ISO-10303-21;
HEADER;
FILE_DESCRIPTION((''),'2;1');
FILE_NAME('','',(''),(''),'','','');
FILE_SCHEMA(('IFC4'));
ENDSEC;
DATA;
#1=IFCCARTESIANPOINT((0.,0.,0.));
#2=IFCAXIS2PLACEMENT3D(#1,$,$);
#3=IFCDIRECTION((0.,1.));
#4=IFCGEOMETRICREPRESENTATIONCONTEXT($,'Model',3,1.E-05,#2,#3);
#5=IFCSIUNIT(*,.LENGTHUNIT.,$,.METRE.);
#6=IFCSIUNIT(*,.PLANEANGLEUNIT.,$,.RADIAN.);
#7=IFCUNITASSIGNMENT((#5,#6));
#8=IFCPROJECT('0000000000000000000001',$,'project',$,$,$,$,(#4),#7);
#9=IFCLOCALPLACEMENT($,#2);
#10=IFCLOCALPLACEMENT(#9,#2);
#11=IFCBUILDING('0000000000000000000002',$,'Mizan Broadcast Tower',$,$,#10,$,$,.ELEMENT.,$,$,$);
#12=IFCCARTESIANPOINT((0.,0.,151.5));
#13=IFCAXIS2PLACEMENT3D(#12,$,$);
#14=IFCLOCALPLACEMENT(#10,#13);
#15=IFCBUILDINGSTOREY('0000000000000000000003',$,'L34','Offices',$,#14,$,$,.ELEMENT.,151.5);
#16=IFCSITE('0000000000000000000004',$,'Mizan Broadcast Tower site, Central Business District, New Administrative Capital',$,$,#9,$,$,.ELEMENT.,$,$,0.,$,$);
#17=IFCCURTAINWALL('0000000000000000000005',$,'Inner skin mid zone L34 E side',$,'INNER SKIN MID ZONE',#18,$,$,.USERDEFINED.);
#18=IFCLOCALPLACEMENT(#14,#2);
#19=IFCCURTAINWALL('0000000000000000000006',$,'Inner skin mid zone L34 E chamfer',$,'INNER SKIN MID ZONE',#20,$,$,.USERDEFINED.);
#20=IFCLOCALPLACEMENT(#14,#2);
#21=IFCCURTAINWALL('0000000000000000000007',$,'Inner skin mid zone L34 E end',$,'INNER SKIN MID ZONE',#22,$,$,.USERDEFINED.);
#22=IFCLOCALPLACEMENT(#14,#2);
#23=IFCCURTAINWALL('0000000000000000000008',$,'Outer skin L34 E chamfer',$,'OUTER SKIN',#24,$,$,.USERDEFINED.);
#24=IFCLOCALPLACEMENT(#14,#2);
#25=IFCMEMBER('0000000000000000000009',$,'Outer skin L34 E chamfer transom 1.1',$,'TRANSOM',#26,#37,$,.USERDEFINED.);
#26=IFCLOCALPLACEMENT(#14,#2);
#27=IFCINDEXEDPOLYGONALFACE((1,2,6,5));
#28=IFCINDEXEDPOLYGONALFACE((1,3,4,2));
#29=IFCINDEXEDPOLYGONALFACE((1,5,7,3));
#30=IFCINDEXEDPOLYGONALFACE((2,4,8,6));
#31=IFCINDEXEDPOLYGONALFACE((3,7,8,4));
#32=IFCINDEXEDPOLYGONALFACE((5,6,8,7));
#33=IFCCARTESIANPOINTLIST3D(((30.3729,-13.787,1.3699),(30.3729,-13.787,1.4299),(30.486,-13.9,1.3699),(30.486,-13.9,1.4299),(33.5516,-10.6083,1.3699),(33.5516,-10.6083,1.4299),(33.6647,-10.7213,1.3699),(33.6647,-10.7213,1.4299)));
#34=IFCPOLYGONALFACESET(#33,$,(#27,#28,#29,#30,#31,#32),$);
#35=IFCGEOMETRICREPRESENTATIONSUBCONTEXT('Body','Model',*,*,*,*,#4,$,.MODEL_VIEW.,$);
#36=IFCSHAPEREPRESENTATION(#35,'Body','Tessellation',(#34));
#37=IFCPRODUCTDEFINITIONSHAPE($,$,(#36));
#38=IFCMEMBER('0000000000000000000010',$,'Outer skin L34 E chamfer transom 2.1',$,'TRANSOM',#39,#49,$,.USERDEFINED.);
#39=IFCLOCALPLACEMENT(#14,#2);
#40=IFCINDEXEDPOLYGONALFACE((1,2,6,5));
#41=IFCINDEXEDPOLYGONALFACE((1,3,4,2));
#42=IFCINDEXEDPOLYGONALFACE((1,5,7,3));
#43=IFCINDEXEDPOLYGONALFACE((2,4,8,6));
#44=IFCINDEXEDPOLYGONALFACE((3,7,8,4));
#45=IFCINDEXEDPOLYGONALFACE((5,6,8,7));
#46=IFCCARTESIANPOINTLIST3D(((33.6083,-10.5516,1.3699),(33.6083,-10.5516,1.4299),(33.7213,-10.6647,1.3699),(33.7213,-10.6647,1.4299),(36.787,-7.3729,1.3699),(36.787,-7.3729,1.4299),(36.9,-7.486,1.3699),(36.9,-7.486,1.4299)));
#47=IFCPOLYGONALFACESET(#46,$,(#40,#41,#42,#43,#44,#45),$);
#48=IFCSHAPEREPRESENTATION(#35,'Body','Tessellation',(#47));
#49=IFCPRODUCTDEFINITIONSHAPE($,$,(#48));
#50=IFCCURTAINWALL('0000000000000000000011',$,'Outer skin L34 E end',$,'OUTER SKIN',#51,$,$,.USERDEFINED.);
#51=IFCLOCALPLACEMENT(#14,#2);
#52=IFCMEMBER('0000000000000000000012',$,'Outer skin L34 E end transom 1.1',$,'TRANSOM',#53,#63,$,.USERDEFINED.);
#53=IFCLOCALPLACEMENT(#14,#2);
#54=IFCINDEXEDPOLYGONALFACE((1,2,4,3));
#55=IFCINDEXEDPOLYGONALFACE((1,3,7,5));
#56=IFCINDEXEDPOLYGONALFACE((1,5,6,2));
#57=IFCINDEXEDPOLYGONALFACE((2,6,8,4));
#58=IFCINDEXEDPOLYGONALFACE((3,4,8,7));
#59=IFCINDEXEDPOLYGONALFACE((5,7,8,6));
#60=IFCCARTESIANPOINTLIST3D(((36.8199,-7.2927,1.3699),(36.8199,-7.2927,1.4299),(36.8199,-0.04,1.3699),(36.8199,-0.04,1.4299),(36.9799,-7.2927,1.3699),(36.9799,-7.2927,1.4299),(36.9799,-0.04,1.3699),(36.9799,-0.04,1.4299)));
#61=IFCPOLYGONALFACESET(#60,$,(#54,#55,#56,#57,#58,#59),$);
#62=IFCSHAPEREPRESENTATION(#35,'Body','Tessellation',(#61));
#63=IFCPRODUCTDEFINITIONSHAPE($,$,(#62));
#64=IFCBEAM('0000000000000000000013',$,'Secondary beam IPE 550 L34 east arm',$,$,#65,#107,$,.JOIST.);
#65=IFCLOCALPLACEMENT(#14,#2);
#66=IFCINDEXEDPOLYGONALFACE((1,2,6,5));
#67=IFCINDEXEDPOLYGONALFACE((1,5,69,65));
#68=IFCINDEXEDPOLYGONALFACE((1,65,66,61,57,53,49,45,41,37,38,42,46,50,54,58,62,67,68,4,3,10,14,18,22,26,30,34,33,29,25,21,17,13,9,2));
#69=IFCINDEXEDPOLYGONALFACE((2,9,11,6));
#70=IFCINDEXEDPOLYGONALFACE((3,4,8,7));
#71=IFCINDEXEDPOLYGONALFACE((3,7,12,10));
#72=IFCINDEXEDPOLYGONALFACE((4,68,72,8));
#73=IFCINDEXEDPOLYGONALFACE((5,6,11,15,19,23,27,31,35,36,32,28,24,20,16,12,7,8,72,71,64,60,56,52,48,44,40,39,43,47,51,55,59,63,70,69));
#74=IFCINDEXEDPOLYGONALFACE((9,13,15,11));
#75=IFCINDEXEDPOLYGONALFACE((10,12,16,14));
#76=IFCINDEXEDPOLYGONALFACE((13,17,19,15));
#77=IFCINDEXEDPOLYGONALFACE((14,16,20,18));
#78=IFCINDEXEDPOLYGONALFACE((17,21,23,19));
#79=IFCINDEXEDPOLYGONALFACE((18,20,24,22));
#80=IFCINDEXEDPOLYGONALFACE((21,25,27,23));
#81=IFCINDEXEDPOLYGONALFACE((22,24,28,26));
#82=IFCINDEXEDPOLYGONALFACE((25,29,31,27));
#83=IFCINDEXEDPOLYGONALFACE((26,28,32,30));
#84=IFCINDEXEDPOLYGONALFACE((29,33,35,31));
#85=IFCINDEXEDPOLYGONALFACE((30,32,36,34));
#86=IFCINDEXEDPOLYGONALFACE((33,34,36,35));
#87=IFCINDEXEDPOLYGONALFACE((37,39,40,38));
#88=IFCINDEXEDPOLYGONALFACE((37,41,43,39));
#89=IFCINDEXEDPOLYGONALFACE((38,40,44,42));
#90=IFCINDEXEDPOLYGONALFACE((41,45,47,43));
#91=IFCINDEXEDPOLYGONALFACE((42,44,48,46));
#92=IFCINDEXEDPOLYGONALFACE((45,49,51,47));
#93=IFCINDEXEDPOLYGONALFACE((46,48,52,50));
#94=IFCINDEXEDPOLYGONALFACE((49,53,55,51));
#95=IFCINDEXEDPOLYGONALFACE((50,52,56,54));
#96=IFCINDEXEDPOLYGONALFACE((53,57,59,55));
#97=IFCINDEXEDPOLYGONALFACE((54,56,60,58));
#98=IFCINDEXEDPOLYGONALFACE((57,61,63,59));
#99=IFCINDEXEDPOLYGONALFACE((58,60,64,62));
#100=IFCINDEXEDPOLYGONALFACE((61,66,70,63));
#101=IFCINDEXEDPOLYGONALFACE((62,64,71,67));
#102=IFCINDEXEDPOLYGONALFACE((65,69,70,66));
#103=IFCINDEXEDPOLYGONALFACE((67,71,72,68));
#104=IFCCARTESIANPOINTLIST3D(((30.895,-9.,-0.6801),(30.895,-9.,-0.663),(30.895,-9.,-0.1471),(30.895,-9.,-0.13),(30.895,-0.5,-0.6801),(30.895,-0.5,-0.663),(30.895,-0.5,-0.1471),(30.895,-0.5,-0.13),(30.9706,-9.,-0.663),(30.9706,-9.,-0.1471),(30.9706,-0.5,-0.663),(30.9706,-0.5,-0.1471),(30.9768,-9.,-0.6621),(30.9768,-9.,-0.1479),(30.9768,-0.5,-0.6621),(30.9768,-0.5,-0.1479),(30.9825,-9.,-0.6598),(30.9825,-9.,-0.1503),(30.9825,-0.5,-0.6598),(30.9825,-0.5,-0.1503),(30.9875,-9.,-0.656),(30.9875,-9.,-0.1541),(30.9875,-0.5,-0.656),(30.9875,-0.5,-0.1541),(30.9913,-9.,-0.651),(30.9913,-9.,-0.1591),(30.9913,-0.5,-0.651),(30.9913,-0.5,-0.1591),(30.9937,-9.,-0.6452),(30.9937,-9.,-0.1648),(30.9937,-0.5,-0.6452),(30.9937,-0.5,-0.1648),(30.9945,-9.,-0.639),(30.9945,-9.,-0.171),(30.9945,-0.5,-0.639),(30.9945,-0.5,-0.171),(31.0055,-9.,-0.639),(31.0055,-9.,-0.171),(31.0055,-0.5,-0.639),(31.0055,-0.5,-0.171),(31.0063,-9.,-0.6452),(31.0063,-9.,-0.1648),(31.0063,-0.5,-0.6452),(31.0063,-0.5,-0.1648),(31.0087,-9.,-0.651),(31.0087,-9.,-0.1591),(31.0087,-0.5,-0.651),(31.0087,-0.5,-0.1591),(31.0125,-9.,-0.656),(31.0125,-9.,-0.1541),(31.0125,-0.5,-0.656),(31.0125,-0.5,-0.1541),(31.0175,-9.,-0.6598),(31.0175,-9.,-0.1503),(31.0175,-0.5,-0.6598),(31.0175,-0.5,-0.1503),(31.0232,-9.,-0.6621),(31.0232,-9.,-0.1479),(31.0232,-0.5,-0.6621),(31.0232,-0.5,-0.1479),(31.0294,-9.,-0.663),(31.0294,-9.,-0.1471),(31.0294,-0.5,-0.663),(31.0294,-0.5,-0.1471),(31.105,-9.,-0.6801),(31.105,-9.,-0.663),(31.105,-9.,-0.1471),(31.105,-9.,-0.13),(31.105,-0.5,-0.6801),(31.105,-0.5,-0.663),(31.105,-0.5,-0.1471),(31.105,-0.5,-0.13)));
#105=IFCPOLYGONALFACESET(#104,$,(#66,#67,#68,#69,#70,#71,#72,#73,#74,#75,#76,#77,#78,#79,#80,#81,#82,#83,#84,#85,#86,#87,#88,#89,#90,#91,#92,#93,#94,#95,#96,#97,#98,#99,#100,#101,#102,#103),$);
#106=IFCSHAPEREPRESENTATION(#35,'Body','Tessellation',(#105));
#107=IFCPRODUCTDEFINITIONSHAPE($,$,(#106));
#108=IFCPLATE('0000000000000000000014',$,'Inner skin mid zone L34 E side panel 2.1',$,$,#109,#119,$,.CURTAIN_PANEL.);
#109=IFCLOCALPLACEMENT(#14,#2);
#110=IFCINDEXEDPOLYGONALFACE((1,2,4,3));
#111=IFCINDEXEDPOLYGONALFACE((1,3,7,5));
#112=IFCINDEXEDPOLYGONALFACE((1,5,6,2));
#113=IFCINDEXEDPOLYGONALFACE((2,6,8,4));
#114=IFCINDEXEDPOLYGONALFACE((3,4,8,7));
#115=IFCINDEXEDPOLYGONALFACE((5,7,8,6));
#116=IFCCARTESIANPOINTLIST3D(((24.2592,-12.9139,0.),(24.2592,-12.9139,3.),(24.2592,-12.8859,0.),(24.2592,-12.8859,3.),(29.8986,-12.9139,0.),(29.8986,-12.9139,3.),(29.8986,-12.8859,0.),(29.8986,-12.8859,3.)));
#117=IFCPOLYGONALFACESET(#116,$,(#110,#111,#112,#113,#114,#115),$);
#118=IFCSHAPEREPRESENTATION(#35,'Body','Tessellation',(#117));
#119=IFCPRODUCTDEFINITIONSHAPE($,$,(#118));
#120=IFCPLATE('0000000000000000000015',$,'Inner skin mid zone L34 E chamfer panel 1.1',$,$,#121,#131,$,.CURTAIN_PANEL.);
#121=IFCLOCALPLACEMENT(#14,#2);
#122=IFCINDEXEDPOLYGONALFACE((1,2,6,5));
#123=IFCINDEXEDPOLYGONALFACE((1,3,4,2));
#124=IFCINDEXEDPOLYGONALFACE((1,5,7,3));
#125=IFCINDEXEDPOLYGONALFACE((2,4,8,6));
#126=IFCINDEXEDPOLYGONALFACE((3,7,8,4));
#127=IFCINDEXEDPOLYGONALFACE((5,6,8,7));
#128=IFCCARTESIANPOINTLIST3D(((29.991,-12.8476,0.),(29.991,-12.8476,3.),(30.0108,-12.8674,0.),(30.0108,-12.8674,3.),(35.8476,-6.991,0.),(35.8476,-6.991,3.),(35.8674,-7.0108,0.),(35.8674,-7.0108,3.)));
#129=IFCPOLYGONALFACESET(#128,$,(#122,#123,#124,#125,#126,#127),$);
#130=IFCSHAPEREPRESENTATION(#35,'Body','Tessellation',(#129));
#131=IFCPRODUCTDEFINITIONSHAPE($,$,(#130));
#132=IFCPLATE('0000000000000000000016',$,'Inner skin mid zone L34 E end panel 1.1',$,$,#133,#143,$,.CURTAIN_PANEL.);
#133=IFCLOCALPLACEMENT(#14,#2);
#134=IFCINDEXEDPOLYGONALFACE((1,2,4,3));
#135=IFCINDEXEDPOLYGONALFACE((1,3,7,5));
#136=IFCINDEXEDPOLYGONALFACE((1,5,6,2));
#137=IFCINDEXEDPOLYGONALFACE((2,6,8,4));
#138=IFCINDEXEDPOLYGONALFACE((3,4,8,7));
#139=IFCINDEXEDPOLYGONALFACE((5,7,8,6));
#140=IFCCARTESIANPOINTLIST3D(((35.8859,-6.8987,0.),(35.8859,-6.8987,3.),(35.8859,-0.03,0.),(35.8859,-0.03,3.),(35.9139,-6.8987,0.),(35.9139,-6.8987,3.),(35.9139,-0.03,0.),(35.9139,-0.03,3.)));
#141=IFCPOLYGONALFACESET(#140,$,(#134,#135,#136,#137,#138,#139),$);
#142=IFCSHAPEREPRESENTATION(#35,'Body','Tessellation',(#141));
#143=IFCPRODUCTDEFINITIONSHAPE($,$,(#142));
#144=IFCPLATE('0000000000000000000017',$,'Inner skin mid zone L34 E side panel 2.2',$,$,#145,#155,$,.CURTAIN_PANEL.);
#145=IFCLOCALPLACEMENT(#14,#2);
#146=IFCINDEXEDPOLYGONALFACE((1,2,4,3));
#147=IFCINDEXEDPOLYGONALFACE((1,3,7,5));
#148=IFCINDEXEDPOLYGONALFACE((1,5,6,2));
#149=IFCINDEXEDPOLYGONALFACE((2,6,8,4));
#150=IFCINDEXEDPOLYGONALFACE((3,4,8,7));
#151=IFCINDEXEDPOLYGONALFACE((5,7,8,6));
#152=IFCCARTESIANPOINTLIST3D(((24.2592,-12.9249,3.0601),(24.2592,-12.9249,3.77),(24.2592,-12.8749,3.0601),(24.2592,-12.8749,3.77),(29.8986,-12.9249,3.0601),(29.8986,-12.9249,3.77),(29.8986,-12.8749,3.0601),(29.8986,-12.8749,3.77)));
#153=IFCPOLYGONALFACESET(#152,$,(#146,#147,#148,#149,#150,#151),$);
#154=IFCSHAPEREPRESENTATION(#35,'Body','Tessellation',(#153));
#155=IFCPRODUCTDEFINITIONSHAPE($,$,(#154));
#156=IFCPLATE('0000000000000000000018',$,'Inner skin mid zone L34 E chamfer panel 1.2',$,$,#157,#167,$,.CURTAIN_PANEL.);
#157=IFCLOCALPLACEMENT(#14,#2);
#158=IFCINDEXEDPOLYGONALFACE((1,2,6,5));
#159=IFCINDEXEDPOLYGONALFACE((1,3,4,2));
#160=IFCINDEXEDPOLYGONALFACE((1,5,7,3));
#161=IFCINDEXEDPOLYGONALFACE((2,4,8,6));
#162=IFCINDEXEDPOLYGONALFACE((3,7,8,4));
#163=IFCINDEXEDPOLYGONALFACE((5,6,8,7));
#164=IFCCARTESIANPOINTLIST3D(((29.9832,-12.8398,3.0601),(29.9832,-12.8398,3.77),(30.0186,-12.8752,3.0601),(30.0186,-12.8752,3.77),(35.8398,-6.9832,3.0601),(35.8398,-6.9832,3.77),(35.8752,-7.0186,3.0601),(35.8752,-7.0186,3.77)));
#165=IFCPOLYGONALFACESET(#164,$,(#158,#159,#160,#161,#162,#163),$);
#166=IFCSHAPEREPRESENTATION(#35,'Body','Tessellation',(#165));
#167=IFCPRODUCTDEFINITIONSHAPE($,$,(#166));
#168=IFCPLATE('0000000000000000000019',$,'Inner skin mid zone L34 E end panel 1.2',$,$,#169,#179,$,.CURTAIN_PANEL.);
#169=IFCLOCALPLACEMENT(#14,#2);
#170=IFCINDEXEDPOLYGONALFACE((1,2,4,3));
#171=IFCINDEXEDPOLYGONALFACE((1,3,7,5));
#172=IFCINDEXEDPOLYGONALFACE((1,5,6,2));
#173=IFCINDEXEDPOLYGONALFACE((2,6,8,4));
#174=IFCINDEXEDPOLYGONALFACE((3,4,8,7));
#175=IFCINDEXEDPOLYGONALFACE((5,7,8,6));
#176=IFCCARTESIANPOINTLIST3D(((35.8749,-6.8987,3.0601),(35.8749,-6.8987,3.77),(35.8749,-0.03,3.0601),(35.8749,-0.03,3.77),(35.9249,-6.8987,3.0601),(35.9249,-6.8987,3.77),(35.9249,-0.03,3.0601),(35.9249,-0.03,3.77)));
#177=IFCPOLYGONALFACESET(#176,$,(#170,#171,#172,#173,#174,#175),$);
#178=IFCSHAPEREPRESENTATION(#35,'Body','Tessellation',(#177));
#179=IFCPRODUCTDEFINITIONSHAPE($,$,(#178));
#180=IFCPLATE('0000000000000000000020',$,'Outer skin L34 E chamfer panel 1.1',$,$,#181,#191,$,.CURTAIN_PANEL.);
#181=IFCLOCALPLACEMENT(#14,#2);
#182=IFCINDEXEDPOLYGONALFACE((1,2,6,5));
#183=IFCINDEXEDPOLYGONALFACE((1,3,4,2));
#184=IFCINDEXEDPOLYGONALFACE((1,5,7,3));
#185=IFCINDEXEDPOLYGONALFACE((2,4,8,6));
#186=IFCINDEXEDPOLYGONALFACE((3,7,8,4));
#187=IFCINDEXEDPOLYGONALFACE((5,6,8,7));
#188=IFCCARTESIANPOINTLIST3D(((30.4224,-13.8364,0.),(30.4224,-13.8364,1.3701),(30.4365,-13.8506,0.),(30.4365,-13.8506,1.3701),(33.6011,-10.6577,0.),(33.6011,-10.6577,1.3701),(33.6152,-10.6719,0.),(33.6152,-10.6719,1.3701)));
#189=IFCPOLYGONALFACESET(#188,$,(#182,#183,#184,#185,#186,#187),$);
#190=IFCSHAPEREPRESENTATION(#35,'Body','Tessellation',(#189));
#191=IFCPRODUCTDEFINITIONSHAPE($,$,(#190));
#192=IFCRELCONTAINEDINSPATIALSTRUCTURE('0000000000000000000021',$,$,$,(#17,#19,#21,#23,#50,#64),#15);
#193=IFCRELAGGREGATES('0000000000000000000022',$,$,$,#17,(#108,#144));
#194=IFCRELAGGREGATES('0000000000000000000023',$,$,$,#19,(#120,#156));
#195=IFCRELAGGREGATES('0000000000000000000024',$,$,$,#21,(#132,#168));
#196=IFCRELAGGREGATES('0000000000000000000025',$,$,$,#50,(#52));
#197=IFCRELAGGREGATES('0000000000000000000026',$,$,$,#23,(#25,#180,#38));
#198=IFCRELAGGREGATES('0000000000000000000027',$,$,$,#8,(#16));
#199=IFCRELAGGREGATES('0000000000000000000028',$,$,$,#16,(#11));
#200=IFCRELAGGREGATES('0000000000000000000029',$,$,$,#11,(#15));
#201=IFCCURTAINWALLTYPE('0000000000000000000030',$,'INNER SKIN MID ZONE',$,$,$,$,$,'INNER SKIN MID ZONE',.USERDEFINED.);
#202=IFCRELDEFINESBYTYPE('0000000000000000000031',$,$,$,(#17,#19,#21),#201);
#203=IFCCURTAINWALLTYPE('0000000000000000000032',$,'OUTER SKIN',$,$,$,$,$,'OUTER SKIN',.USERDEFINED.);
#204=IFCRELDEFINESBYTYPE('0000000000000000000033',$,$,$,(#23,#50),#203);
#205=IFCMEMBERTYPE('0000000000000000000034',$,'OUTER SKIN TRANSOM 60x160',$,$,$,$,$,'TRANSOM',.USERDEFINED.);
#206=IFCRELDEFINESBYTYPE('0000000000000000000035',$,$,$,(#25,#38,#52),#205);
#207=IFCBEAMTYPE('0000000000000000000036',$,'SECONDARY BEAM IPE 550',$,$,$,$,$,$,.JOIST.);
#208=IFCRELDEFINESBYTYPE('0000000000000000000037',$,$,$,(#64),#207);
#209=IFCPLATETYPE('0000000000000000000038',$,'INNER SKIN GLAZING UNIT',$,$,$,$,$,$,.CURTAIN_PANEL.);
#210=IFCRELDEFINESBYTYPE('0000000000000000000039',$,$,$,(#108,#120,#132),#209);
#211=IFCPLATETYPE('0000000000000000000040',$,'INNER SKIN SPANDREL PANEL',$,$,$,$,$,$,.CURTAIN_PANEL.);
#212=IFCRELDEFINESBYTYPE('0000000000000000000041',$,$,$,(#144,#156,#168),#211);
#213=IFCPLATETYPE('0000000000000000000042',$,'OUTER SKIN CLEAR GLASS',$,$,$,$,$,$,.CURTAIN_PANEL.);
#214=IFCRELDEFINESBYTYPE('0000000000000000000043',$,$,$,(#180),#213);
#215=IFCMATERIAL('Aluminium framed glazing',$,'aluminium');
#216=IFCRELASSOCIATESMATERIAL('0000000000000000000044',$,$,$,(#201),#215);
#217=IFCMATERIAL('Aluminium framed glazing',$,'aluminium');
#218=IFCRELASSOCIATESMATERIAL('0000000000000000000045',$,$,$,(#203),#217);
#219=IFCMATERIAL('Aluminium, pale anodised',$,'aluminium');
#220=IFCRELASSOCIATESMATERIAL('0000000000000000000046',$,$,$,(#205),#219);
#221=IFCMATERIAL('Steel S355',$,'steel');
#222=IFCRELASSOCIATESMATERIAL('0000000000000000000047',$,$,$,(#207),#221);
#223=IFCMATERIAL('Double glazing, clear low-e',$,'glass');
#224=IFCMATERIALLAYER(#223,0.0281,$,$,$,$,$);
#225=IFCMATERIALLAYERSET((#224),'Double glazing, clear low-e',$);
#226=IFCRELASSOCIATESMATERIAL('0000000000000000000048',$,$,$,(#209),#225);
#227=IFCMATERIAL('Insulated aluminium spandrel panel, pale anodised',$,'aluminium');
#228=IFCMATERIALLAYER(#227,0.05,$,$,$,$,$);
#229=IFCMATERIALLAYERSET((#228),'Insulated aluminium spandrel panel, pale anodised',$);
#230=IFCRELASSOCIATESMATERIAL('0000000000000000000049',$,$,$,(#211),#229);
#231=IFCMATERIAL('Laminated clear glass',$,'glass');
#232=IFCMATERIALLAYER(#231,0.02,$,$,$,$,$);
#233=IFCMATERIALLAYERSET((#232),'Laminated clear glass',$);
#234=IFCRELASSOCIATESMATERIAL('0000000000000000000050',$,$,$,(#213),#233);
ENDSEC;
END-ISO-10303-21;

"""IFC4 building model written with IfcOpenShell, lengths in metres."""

from ifc_helpers import new_model, si_unit, direction, frame, origin, origin_2d, place, context, subcontext, project, spatial, rectangle, i_section, extrude, material, layer, layer_set, material_profile, profile_set, type_object, element, aggregate, save


model = new_model("IFC4")

# Units and contexts
model_context = context("Model", 3, precision=1e-05, world=origin(), true_north=direction((0.0, 1.0)))
body_context = subcontext(model_context, "Body", "Model", "MODEL_VIEW")
ifc_project = project(units=[si_unit("LENGTHUNIT", "METRE"), si_unit("PLANEANGLEUNIT", "RADIAN")], contexts=[model_context])

# Site, building, storey
site_placement = place(None, origin())
site = spatial("IfcSite", under=ifc_project, at=site_placement, Name="Mizan Broadcast Tower site, Central Business District, New Administrative Capital", CompositionType="ELEMENT", RefElevation=0.0)
building_placement = place(site_placement, origin())
building = spatial("IfcBuilding", under=site, at=building_placement, Name="Mizan Broadcast Tower", CompositionType="ELEMENT")
storey_placement = place(building_placement, frame((0.0, 0.0, 151.5)))
storey = spatial("IfcBuildingStorey", under=building, at=storey_placement, Name="L34", Description="Offices", CompositionType="ELEMENT", Elevation=151.5)

# Curtain wall
ifc_material_1 = material(Name="Aluminium framed glazing", Category="aluminium")
curtain_wall_type_1 = type_object("IfcCurtainWallType", Name="INNER SKIN MID ZONE", ElementType="INNER SKIN MID ZONE", PredefinedType="USERDEFINED", material=ifc_material_1)
curtain_wall_1_placement = place(storey_placement, origin())
curtain_wall_1 = element("IfcCurtainWall", 1, at=curtain_wall_1_placement, inside=storey, type_object=curtain_wall_type_1, Name="Inner skin mid zone L34 E side", ObjectType="INNER SKIN MID ZONE", PredefinedType="USERDEFINED")

# Curtain wall
curtain_wall_2_placement = place(storey_placement, origin())
curtain_wall_2 = element("IfcCurtainWall", 2, at=curtain_wall_2_placement, inside=storey, type_object=curtain_wall_type_1, Name="Inner skin mid zone L34 E chamfer", ObjectType="INNER SKIN MID ZONE", PredefinedType="USERDEFINED")

# Curtain wall
curtain_wall_3_placement = place(storey_placement, origin())
curtain_wall_3 = element("IfcCurtainWall", 3, at=curtain_wall_3_placement, inside=storey, type_object=curtain_wall_type_1, Name="Inner skin mid zone L34 E end", ObjectType="INNER SKIN MID ZONE", PredefinedType="USERDEFINED")

# Curtain wall
ifc_material_2 = material(Name="Aluminium framed glazing", Category="aluminium")
curtain_wall_type_2 = type_object("IfcCurtainWallType", Name="OUTER SKIN", ElementType="OUTER SKIN", PredefinedType="USERDEFINED", material=ifc_material_2)
curtain_wall_4_placement = place(storey_placement, origin())
curtain_wall_4 = element("IfcCurtainWall", 4, at=curtain_wall_4_placement, inside=storey, type_object=curtain_wall_type_2, Name="Outer skin L34 E chamfer", ObjectType="OUTER SKIN", PredefinedType="USERDEFINED")

# Members
ifc_material_3 = material(Name="Aluminium, pale anodised", Category="aluminium")
ifc_material_profile_1 = material_profile(ifc_material_3, rectangle(XDim=0.1599, YDim=0.0601, at=origin_2d()), Name="TRANSOM 160x60")
ifc_profile_set_1 = profile_set([ifc_material_profile_1], Name="Aluminium, pale anodised")
member_type_1 = type_object("IfcMemberType", Name="OUTER SKIN TRANSOM 60x160", ElementType="TRANSOM", PredefinedType="USERDEFINED", material=ifc_profile_set_1)
member_1_placement = place(storey_placement, frame((30.4294, -13.8435, 1.3999), z_axis=(0.707107, 0.707107, 0.0), x_axis=(-0.707107, 0.707107, 0.0)))
member_1 = element("IfcMember", 5, at=member_1_placement, type_object=member_type_1, Name="Outer skin L34 E chamfer transom 1.1", ObjectType="TRANSOM", PredefinedType="USERDEFINED", context=body_context, shape_type="SweptSolid", body=[
    extrude(rectangle(XDim=0.1599, YDim=0.0601, at=origin_2d()), origin(), (0.0, 0.0, 1.0), 4.4954),
])
member_2_placement = place(storey_placement, frame((33.6648, -10.6082, 1.3999), z_axis=(0.707107, 0.707107, 0.0), x_axis=(-0.707107, 0.707107, 0.0)))
member_2 = element("IfcMember", 6, at=member_2_placement, type_object=member_type_1, Name="Outer skin L34 E chamfer transom 2.1", ObjectType="TRANSOM", PredefinedType="USERDEFINED", context=body_context, shape_type="SweptSolid", body=[
    extrude(rectangle(XDim=0.1599, YDim=0.0601, at=origin_2d()), origin(), (0.0, 0.0, 1.0), 4.4954),
])

# Curtain wall, member
curtain_wall_5_placement = place(storey_placement, origin())
curtain_wall_5 = element("IfcCurtainWall", 7, at=curtain_wall_5_placement, inside=storey, type_object=curtain_wall_type_2, Name="Outer skin L34 E end", ObjectType="OUTER SKIN", PredefinedType="USERDEFINED")
member_3_placement = place(storey_placement, frame((36.8999, -7.2927, 1.3999), z_axis=(0.0, 1.0, 0.0), x_axis=(-1.0, 0.0, 0.0)))
member_3 = element("IfcMember", 8, at=member_3_placement, type_object=member_type_1, Name="Outer skin L34 E end transom 1.1", ObjectType="TRANSOM", PredefinedType="USERDEFINED", context=body_context, shape_type="SweptSolid", body=[
    extrude(rectangle(XDim=0.1599, YDim=0.0601, at=origin_2d()), origin(), (0.0, 0.0, 1.0), 7.2527),
])

# Beam
ifc_material_4 = material(Name="Steel S355", Category="steel")
ifc_material_profile_2 = material_profile(ifc_material_4, i_section(OverallWidth=0.21, OverallDepth=0.55, WebThickness=0.011, FlangeThickness=0.0171, FilletRadius=0.0239, at=origin_2d()), Name="IPE 550")
ifc_profile_set_2 = profile_set([ifc_material_profile_2], Name="Steel S355")
beam_type_1 = type_object("IfcBeamType", Name="SECONDARY BEAM IPE 550", PredefinedType="JOIST", material=ifc_profile_set_2)
beam_1_placement = place(storey_placement, frame((31.0, -9.0, -0.405), z_axis=(0.0, 1.0, 0.0), x_axis=(-1.0, 0.0, 0.0)))
element("IfcBeam", 9, at=beam_1_placement, inside=storey, type_object=beam_type_1, Name="Secondary beam IPE 550 L34 east arm", PredefinedType="JOIST", context=body_context, shape_type="SweptSolid", body=[
    extrude(i_section(OverallWidth=0.21, OverallDepth=0.55, WebThickness=0.011, FlangeThickness=0.0171, FilletRadius=0.0239, at=origin_2d()), origin(), (0.0, 0.0, 1.0), 8.5),
])

# Plates
ifc_material_5 = material(Name="Double glazing, clear low-e", Category="glass")
ifc_layer_1 = layer(ifc_material_5, 0.0281)
ifc_layer_set_1 = layer_set([ifc_layer_1], Name="Double glazing, clear low-e")
plate_type_1 = type_object("IfcPlateType", Name="INNER SKIN GLAZING UNIT", PredefinedType="CURTAIN_PANEL", material=ifc_layer_set_1)
plate_1_placement = place(storey_placement, frame((27.0789, -12.8999, 0.0), z_axis=(0.0, 0.0, 1.0), x_axis=(1.0, 0.0, 0.0)))
plate_1 = element("IfcPlate", 10, at=plate_1_placement, type_object=plate_type_1, Name="Inner skin mid zone L34 E side panel 2.1", PredefinedType="CURTAIN_PANEL", context=body_context, shape_type="SweptSolid", body=[
    extrude(rectangle(XDim=5.6394, YDim=0.0281, at=origin_2d()), origin(), (0.0, 0.0, 1.0), 3.0),
])
plate_2_placement = place(storey_placement, frame((32.9292, -9.9292, 0.0), z_axis=(0.0, 0.0, 1.0), x_axis=(0.707107, 0.707107, 0.0)))
plate_2 = element("IfcPlate", 11, at=plate_2_placement, type_object=plate_type_1, Name="Inner skin mid zone L34 E chamfer panel 1.1", PredefinedType="CURTAIN_PANEL", context=body_context, shape_type="SweptSolid", body=[
    extrude(rectangle(XDim=8.2825, YDim=0.0281, at=origin_2d()), origin(), (0.0, 0.0, 1.0), 3.0),
])
plate_3_placement = place(storey_placement, frame((35.8999, -3.4644, 0.0), z_axis=(0.0, 0.0, 1.0), x_axis=(0.0, 1.0, 0.0)))
plate_3 = element("IfcPlate", 12, at=plate_3_placement, type_object=plate_type_1, Name="Inner skin mid zone L34 E end panel 1.1", PredefinedType="CURTAIN_PANEL", context=body_context, shape_type="SweptSolid", body=[
    extrude(rectangle(XDim=6.8687, YDim=0.0281, at=origin_2d()), origin(), (0.0, 0.0, 1.0), 3.0),
])
ifc_material_6 = material(Name="Insulated aluminium spandrel panel, pale anodised", Category="aluminium")
ifc_layer_2 = layer(ifc_material_6, 0.05)
ifc_layer_set_2 = layer_set([ifc_layer_2], Name="Insulated aluminium spandrel panel, pale anodised")
plate_type_2 = type_object("IfcPlateType", Name="INNER SKIN SPANDREL PANEL", PredefinedType="CURTAIN_PANEL", material=ifc_layer_set_2)
plate_4_placement = place(storey_placement, frame((27.0789, -12.8999, 3.0601), z_axis=(0.0, 0.0, 1.0), x_axis=(1.0, 0.0, 0.0)))
plate_4 = element("IfcPlate", 13, at=plate_4_placement, type_object=plate_type_2, Name="Inner skin mid zone L34 E side panel 2.2", PredefinedType="CURTAIN_PANEL", context=body_context, shape_type="SweptSolid", body=[
    extrude(rectangle(XDim=5.6394, YDim=0.05, at=origin_2d()), origin(), (0.0, 0.0, 1.0), 0.71),
])
aggregate(curtain_wall_1, [plate_1, plate_4])
plate_5_placement = place(storey_placement, frame((32.9292, -9.9292, 3.0601), z_axis=(0.0, 0.0, 1.0), x_axis=(0.707107, 0.707107, 0.0)))
plate_5 = element("IfcPlate", 14, at=plate_5_placement, type_object=plate_type_2, Name="Inner skin mid zone L34 E chamfer panel 1.2", PredefinedType="CURTAIN_PANEL", context=body_context, shape_type="SweptSolid", body=[
    extrude(rectangle(XDim=8.2825, YDim=0.05, at=origin_2d()), origin(), (0.0, 0.0, 1.0), 0.71),
])
aggregate(curtain_wall_2, [plate_2, plate_5])
plate_6_placement = place(storey_placement, frame((35.8999, -3.4644, 3.0601), z_axis=(0.0, 0.0, 1.0), x_axis=(0.0, 1.0, 0.0)))
plate_6 = element("IfcPlate", 15, at=plate_6_placement, type_object=plate_type_2, Name="Inner skin mid zone L34 E end panel 1.2", PredefinedType="CURTAIN_PANEL", context=body_context, shape_type="SweptSolid", body=[
    extrude(rectangle(XDim=6.8687, YDim=0.05, at=origin_2d()), origin(), (0.0, 0.0, 1.0), 0.71),
])
aggregate(curtain_wall_3, [plate_3, plate_6])
ifc_material_7 = material(Name="Laminated clear glass", Category="glass")
ifc_layer_3 = layer(ifc_material_7, 0.02)
ifc_layer_set_3 = layer_set([ifc_layer_3], Name="Laminated clear glass")
plate_type_3 = type_object("IfcPlateType", Name="OUTER SKIN CLEAR GLASS", PredefinedType="CURTAIN_PANEL", material=ifc_layer_set_3)
plate_7_placement = place(storey_placement, frame((32.0188, -12.2542, 0.0), z_axis=(0.0, 0.0, 1.0), x_axis=(0.707107, 0.707107, 0.0)))
plate_7 = element("IfcPlate", 16, at=plate_7_placement, type_object=plate_type_3, Name="Outer skin L34 E chamfer panel 1.1", PredefinedType="CURTAIN_PANEL", context=body_context, shape_type="SweptSolid", body=[
    extrude(rectangle(XDim=4.4954, YDim=0.02, at=origin_2d()), origin(), (0.0, 0.0, 1.0), 1.3701),
])
aggregate(curtain_wall_5, [member_3])
aggregate(curtain_wall_4, [member_1, plate_7, member_2])

save(model, "model.ifc")
